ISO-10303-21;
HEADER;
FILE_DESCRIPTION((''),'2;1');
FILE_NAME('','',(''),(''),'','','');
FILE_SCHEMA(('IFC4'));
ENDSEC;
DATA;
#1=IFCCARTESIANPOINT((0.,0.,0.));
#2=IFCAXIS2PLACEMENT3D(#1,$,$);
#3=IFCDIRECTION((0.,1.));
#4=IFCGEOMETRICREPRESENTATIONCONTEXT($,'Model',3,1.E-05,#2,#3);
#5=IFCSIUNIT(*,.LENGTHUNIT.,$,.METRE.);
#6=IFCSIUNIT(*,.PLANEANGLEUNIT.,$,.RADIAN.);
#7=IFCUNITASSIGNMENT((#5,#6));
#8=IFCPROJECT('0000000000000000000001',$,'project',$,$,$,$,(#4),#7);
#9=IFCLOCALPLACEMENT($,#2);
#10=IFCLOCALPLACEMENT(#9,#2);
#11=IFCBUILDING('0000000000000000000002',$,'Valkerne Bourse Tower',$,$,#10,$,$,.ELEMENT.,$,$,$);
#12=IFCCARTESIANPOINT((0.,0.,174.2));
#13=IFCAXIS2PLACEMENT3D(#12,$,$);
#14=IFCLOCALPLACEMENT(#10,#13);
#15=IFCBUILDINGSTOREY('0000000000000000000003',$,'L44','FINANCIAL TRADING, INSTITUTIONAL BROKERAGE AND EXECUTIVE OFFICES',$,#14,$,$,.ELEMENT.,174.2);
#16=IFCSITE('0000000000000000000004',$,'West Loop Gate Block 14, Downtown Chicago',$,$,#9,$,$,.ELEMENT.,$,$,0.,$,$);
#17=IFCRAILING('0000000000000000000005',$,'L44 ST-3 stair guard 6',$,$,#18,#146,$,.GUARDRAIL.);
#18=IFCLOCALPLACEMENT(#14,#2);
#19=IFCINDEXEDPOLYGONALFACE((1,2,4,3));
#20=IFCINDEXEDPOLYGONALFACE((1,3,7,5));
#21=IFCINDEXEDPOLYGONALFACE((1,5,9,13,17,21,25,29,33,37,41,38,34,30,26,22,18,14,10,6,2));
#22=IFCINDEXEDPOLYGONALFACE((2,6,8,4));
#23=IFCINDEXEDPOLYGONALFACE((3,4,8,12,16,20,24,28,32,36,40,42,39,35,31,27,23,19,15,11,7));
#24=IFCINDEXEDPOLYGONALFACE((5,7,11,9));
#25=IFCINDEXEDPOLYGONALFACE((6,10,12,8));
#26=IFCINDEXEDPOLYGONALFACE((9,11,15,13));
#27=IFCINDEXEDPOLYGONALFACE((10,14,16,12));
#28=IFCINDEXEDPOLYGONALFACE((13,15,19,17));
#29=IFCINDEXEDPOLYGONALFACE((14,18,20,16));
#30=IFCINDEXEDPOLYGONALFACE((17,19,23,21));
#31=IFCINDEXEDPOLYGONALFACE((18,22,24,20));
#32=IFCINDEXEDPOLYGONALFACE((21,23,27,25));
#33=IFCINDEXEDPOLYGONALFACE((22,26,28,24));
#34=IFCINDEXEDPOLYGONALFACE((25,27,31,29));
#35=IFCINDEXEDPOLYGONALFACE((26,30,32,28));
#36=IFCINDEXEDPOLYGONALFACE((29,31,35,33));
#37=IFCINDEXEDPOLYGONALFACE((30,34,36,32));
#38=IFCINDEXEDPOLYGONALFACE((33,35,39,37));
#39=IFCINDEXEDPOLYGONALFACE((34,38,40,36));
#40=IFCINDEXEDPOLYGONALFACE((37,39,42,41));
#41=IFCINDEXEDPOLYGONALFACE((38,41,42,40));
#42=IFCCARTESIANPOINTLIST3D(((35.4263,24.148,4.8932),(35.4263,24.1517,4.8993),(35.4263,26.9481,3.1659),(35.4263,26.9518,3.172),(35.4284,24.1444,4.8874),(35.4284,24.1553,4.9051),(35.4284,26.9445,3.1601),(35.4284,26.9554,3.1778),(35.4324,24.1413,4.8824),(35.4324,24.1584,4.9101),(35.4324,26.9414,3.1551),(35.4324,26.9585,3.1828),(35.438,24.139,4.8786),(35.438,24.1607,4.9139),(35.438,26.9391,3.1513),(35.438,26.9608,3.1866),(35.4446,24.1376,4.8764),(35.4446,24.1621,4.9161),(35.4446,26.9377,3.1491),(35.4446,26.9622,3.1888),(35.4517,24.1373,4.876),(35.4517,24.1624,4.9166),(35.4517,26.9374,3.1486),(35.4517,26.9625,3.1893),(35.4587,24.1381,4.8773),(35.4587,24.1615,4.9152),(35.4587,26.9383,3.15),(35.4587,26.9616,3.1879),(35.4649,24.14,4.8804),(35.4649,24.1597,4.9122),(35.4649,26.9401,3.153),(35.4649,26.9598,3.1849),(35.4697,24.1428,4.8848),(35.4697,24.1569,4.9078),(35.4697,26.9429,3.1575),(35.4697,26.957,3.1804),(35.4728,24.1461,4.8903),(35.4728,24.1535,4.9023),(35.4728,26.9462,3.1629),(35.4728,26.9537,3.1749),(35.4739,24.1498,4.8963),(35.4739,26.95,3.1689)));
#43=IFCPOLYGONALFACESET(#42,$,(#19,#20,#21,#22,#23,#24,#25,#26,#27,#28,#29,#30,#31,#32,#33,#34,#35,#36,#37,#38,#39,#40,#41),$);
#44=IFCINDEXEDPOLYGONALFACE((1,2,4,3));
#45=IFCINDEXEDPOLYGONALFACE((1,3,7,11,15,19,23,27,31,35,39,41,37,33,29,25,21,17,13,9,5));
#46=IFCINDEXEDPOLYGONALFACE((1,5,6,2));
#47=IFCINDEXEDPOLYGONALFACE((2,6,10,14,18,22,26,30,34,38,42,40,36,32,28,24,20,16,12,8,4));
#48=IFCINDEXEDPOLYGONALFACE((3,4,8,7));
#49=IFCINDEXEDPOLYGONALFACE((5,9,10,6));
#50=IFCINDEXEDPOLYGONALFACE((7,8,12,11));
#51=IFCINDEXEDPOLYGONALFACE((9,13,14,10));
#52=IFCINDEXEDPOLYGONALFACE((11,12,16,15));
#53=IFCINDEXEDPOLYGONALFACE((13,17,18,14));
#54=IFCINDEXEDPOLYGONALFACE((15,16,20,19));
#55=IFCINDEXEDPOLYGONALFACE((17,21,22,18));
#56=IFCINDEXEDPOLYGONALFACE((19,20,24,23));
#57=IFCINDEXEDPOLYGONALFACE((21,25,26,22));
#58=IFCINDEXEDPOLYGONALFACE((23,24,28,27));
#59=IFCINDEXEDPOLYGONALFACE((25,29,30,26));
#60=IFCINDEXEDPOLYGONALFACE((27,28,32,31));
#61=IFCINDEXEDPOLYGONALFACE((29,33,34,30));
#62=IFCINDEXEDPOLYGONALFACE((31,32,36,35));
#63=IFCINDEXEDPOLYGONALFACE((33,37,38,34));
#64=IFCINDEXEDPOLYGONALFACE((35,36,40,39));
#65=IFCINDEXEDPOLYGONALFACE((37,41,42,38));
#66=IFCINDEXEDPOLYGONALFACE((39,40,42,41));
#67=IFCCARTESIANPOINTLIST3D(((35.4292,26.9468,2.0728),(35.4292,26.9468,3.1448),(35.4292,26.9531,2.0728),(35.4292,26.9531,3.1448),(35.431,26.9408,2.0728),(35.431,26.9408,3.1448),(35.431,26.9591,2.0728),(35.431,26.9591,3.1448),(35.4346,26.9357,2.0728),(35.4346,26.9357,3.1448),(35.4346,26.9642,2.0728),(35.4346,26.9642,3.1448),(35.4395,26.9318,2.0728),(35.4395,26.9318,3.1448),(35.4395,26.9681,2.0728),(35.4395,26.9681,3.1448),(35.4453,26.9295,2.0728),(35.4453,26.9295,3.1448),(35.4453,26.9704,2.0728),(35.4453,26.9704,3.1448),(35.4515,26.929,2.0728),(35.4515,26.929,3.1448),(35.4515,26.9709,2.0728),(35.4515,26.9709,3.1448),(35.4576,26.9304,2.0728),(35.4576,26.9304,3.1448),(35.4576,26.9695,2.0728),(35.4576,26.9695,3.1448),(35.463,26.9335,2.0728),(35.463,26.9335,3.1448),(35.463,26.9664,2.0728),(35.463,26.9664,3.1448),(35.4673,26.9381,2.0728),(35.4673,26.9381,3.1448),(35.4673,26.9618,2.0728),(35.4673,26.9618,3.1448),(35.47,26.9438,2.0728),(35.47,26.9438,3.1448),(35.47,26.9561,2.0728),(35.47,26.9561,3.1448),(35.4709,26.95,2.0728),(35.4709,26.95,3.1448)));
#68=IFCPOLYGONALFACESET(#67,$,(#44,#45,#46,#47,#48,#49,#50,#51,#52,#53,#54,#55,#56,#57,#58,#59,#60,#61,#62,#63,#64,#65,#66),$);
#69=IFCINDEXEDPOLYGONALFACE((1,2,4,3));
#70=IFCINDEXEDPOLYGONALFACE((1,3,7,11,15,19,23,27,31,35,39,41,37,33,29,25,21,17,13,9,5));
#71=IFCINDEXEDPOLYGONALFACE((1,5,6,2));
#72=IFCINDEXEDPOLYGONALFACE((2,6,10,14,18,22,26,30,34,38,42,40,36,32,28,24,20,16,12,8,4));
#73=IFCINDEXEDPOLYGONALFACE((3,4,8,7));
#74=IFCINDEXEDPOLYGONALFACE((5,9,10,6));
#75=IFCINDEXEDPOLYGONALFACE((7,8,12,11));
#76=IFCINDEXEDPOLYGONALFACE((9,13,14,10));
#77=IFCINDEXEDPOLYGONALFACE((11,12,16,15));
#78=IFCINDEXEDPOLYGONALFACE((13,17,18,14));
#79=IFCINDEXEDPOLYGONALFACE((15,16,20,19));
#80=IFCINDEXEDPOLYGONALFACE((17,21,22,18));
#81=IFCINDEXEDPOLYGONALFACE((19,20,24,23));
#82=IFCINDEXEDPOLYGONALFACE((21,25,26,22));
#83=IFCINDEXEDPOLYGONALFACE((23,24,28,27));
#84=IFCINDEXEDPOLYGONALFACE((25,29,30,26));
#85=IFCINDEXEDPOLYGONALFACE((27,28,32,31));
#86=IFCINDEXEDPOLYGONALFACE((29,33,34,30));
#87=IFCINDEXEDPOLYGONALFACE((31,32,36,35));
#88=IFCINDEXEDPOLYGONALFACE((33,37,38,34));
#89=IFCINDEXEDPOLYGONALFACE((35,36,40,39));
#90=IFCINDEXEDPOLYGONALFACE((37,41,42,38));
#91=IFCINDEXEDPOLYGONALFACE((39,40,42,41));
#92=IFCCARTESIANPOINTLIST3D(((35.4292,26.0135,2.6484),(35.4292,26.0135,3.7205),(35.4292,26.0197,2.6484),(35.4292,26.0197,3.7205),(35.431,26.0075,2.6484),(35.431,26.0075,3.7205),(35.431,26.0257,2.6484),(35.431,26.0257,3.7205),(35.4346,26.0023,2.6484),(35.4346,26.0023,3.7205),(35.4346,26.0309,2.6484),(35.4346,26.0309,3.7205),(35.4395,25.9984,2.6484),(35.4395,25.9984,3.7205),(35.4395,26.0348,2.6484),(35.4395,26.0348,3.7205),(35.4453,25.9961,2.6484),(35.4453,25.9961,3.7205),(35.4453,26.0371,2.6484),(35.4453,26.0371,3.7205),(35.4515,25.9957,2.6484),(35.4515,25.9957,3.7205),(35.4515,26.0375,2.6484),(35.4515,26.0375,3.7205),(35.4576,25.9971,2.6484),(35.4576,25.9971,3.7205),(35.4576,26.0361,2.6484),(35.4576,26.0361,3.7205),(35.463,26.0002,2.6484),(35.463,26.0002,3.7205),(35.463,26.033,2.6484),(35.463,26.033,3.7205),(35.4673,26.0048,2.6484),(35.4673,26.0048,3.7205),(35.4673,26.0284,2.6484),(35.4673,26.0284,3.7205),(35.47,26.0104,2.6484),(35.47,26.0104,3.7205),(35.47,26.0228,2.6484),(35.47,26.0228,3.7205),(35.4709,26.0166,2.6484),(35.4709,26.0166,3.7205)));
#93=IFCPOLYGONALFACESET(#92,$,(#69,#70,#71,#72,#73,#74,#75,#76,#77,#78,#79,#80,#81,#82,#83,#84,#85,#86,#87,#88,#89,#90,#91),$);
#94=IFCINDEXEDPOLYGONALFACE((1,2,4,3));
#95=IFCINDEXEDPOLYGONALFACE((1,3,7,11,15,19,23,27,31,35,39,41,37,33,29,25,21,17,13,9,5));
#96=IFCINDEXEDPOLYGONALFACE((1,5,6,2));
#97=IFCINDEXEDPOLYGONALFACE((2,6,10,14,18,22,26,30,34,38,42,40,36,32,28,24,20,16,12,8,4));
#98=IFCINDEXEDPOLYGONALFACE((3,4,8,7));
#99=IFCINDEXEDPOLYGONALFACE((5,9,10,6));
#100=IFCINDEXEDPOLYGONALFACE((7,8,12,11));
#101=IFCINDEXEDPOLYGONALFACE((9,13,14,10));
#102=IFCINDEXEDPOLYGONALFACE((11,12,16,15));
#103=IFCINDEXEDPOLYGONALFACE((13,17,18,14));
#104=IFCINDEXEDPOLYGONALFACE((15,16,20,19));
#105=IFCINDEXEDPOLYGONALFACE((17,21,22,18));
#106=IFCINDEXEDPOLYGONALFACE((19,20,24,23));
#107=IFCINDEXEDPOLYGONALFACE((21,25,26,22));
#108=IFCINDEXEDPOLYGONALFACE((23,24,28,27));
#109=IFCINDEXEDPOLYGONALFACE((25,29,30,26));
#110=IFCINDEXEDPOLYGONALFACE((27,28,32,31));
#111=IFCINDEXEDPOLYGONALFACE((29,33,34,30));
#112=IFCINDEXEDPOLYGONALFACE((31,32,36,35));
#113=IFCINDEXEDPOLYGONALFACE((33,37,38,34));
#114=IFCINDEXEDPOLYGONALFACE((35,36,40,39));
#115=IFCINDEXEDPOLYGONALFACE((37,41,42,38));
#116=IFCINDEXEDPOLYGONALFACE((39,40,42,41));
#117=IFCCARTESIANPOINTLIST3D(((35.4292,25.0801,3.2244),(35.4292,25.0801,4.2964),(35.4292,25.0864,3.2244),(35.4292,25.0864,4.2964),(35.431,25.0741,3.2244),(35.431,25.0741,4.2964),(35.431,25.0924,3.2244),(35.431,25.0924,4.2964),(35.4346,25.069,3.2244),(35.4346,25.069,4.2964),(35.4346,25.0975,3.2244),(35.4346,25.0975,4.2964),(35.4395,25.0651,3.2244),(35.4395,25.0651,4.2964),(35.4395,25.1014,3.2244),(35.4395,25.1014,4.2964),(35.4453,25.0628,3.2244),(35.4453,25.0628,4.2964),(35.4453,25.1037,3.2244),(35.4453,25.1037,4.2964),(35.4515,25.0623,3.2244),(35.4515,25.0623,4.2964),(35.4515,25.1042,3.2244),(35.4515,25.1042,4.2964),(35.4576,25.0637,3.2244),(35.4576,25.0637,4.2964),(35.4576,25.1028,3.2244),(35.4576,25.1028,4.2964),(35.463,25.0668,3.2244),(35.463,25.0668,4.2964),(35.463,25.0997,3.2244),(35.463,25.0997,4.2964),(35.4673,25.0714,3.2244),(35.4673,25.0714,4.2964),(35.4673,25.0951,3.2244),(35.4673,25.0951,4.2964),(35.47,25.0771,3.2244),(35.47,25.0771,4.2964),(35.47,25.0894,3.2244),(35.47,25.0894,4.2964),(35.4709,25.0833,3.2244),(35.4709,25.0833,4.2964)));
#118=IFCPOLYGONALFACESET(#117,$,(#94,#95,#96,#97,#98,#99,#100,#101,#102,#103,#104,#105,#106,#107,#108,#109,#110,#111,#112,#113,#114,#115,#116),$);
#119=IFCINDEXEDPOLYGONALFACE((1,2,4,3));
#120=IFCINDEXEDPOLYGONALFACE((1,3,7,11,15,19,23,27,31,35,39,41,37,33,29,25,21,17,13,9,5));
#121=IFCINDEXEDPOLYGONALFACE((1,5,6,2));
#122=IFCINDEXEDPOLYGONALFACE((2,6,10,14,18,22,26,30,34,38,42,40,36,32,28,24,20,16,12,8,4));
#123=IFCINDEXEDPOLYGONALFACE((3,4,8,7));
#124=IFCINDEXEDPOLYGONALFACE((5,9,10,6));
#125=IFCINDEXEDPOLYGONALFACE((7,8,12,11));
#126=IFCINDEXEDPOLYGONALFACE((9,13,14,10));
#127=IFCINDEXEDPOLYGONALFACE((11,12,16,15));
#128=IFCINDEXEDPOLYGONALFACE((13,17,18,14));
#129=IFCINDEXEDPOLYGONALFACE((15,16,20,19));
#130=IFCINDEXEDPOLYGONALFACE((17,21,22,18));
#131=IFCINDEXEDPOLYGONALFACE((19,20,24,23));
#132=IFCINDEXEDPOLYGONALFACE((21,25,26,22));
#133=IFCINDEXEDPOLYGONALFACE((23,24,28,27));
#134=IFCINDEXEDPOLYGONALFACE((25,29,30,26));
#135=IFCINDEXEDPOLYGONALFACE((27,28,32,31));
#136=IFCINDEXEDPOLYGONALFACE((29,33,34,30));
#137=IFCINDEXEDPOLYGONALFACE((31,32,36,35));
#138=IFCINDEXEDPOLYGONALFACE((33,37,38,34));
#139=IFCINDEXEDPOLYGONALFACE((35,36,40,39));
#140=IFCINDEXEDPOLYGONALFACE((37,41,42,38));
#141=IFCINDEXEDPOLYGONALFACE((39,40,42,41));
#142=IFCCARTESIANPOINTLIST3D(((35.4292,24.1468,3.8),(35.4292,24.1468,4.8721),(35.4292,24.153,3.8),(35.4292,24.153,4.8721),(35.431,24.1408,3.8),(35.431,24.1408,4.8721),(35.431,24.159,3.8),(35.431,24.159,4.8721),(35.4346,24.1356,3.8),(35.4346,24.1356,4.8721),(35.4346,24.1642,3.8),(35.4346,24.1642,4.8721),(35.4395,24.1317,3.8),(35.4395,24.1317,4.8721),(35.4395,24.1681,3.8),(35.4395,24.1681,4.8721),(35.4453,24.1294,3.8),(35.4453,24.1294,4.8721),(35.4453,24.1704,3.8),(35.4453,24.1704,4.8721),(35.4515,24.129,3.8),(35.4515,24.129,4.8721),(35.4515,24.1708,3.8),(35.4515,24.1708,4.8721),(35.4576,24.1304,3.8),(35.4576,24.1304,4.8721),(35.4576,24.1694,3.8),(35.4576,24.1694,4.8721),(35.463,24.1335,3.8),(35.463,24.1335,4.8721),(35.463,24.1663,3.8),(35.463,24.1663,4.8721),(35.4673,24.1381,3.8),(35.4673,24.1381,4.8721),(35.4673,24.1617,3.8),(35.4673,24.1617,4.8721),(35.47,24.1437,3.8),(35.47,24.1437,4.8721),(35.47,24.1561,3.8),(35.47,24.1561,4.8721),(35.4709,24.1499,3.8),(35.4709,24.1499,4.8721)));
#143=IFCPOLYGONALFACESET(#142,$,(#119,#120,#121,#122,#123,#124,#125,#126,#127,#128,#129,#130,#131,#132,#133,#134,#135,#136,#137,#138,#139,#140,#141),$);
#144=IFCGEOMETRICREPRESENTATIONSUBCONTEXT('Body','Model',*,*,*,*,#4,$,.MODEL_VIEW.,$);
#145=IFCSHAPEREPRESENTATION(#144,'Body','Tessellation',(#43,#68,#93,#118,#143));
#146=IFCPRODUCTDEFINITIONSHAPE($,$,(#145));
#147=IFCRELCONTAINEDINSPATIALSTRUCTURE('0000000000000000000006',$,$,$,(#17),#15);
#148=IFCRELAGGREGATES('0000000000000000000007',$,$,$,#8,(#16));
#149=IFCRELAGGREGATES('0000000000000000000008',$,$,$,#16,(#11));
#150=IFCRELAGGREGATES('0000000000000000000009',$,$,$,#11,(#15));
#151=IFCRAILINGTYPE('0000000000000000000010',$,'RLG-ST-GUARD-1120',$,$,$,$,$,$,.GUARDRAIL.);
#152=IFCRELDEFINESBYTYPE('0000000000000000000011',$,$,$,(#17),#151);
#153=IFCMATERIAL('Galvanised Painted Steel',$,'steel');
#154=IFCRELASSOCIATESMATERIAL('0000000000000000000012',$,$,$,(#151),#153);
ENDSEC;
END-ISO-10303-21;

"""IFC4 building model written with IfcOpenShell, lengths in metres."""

from ifc_helpers import new_model, si_unit, direction, frame, origin, origin_2d, place, context, subcontext, project, spatial, circle, extrude, material, type_object, element, save


model = new_model("IFC4")

# Units and contexts
model_context = context("Model", 3, precision=1e-05, world=origin(), true_north=direction((0.0, 1.0)))
body_context = subcontext(model_context, "Body", "Model", "MODEL_VIEW")
ifc_project = project(units=[si_unit("LENGTHUNIT", "METRE"), si_unit("PLANEANGLEUNIT", "RADIAN")], contexts=[model_context])

# Site, building, storey
site_placement = place(None, origin())
site = spatial("IfcSite", under=ifc_project, at=site_placement, Name="West Loop Gate Block 14, Downtown Chicago", CompositionType="ELEMENT", RefElevation=0.0)
building_placement = place(site_placement, origin())
building = spatial("IfcBuilding", under=site, at=building_placement, Name="Valkerne Bourse Tower", CompositionType="ELEMENT")
storey_placement = place(building_placement, frame((0.0, 0.0, 174.2)))
storey = spatial("IfcBuildingStorey", under=building, at=storey_placement, Name="L44", Description="FINANCIAL TRADING, INSTITUTIONAL BROKERAGE AND EXECUTIVE OFFICES", CompositionType="ELEMENT", Elevation=174.2)

# Railing
ifc_material_1 = material(Name="Galvanised Painted Steel", Category="steel")
railing_type_1 = type_object("IfcRailingType", Name="RLG-ST-GUARD-1120", PredefinedType="GUARDRAIL", material=ifc_material_1)
railing_1_placement = place(storey_placement, frame((35.45, 26.95, 2.0728)))
element("IfcRailing", 1, at=railing_1_placement, inside=storey, type_object=railing_type_1, Name="L44 ST-3 stair guard 6", PredefinedType="GUARDRAIL", context=body_context, shape_type="SweptSolid", body=[
    extrude(circle(Radius=0.0239, at=origin_2d()), frame((0.0, 0.0, 1.0962), z_axis=(0.0, -0.85109, 0.52502), x_axis=(1.0, 0.0, 0.0)), (0.0, 0.0, 1.0), 3.29),
    extrude(circle(Radius=0.021, at=origin_2d()), origin(), (0.0, 0.0, 1.0), 1.072),
    extrude(circle(Radius=0.021, at=origin_2d()), frame((0.0, -0.9333, 0.5757)), (0.0, 0.0, 1.0), 1.072),
    extrude(circle(Radius=0.021, at=origin_2d()), frame((0.0, -1.8667, 1.1516)), (0.0, 0.0, 1.0), 1.072),
    extrude(circle(Radius=0.021, at=origin_2d()), frame((0.0, -2.8, 1.7273)), (0.0, 0.0, 1.0), 1.072),
])

save(model, "model.ifc")
